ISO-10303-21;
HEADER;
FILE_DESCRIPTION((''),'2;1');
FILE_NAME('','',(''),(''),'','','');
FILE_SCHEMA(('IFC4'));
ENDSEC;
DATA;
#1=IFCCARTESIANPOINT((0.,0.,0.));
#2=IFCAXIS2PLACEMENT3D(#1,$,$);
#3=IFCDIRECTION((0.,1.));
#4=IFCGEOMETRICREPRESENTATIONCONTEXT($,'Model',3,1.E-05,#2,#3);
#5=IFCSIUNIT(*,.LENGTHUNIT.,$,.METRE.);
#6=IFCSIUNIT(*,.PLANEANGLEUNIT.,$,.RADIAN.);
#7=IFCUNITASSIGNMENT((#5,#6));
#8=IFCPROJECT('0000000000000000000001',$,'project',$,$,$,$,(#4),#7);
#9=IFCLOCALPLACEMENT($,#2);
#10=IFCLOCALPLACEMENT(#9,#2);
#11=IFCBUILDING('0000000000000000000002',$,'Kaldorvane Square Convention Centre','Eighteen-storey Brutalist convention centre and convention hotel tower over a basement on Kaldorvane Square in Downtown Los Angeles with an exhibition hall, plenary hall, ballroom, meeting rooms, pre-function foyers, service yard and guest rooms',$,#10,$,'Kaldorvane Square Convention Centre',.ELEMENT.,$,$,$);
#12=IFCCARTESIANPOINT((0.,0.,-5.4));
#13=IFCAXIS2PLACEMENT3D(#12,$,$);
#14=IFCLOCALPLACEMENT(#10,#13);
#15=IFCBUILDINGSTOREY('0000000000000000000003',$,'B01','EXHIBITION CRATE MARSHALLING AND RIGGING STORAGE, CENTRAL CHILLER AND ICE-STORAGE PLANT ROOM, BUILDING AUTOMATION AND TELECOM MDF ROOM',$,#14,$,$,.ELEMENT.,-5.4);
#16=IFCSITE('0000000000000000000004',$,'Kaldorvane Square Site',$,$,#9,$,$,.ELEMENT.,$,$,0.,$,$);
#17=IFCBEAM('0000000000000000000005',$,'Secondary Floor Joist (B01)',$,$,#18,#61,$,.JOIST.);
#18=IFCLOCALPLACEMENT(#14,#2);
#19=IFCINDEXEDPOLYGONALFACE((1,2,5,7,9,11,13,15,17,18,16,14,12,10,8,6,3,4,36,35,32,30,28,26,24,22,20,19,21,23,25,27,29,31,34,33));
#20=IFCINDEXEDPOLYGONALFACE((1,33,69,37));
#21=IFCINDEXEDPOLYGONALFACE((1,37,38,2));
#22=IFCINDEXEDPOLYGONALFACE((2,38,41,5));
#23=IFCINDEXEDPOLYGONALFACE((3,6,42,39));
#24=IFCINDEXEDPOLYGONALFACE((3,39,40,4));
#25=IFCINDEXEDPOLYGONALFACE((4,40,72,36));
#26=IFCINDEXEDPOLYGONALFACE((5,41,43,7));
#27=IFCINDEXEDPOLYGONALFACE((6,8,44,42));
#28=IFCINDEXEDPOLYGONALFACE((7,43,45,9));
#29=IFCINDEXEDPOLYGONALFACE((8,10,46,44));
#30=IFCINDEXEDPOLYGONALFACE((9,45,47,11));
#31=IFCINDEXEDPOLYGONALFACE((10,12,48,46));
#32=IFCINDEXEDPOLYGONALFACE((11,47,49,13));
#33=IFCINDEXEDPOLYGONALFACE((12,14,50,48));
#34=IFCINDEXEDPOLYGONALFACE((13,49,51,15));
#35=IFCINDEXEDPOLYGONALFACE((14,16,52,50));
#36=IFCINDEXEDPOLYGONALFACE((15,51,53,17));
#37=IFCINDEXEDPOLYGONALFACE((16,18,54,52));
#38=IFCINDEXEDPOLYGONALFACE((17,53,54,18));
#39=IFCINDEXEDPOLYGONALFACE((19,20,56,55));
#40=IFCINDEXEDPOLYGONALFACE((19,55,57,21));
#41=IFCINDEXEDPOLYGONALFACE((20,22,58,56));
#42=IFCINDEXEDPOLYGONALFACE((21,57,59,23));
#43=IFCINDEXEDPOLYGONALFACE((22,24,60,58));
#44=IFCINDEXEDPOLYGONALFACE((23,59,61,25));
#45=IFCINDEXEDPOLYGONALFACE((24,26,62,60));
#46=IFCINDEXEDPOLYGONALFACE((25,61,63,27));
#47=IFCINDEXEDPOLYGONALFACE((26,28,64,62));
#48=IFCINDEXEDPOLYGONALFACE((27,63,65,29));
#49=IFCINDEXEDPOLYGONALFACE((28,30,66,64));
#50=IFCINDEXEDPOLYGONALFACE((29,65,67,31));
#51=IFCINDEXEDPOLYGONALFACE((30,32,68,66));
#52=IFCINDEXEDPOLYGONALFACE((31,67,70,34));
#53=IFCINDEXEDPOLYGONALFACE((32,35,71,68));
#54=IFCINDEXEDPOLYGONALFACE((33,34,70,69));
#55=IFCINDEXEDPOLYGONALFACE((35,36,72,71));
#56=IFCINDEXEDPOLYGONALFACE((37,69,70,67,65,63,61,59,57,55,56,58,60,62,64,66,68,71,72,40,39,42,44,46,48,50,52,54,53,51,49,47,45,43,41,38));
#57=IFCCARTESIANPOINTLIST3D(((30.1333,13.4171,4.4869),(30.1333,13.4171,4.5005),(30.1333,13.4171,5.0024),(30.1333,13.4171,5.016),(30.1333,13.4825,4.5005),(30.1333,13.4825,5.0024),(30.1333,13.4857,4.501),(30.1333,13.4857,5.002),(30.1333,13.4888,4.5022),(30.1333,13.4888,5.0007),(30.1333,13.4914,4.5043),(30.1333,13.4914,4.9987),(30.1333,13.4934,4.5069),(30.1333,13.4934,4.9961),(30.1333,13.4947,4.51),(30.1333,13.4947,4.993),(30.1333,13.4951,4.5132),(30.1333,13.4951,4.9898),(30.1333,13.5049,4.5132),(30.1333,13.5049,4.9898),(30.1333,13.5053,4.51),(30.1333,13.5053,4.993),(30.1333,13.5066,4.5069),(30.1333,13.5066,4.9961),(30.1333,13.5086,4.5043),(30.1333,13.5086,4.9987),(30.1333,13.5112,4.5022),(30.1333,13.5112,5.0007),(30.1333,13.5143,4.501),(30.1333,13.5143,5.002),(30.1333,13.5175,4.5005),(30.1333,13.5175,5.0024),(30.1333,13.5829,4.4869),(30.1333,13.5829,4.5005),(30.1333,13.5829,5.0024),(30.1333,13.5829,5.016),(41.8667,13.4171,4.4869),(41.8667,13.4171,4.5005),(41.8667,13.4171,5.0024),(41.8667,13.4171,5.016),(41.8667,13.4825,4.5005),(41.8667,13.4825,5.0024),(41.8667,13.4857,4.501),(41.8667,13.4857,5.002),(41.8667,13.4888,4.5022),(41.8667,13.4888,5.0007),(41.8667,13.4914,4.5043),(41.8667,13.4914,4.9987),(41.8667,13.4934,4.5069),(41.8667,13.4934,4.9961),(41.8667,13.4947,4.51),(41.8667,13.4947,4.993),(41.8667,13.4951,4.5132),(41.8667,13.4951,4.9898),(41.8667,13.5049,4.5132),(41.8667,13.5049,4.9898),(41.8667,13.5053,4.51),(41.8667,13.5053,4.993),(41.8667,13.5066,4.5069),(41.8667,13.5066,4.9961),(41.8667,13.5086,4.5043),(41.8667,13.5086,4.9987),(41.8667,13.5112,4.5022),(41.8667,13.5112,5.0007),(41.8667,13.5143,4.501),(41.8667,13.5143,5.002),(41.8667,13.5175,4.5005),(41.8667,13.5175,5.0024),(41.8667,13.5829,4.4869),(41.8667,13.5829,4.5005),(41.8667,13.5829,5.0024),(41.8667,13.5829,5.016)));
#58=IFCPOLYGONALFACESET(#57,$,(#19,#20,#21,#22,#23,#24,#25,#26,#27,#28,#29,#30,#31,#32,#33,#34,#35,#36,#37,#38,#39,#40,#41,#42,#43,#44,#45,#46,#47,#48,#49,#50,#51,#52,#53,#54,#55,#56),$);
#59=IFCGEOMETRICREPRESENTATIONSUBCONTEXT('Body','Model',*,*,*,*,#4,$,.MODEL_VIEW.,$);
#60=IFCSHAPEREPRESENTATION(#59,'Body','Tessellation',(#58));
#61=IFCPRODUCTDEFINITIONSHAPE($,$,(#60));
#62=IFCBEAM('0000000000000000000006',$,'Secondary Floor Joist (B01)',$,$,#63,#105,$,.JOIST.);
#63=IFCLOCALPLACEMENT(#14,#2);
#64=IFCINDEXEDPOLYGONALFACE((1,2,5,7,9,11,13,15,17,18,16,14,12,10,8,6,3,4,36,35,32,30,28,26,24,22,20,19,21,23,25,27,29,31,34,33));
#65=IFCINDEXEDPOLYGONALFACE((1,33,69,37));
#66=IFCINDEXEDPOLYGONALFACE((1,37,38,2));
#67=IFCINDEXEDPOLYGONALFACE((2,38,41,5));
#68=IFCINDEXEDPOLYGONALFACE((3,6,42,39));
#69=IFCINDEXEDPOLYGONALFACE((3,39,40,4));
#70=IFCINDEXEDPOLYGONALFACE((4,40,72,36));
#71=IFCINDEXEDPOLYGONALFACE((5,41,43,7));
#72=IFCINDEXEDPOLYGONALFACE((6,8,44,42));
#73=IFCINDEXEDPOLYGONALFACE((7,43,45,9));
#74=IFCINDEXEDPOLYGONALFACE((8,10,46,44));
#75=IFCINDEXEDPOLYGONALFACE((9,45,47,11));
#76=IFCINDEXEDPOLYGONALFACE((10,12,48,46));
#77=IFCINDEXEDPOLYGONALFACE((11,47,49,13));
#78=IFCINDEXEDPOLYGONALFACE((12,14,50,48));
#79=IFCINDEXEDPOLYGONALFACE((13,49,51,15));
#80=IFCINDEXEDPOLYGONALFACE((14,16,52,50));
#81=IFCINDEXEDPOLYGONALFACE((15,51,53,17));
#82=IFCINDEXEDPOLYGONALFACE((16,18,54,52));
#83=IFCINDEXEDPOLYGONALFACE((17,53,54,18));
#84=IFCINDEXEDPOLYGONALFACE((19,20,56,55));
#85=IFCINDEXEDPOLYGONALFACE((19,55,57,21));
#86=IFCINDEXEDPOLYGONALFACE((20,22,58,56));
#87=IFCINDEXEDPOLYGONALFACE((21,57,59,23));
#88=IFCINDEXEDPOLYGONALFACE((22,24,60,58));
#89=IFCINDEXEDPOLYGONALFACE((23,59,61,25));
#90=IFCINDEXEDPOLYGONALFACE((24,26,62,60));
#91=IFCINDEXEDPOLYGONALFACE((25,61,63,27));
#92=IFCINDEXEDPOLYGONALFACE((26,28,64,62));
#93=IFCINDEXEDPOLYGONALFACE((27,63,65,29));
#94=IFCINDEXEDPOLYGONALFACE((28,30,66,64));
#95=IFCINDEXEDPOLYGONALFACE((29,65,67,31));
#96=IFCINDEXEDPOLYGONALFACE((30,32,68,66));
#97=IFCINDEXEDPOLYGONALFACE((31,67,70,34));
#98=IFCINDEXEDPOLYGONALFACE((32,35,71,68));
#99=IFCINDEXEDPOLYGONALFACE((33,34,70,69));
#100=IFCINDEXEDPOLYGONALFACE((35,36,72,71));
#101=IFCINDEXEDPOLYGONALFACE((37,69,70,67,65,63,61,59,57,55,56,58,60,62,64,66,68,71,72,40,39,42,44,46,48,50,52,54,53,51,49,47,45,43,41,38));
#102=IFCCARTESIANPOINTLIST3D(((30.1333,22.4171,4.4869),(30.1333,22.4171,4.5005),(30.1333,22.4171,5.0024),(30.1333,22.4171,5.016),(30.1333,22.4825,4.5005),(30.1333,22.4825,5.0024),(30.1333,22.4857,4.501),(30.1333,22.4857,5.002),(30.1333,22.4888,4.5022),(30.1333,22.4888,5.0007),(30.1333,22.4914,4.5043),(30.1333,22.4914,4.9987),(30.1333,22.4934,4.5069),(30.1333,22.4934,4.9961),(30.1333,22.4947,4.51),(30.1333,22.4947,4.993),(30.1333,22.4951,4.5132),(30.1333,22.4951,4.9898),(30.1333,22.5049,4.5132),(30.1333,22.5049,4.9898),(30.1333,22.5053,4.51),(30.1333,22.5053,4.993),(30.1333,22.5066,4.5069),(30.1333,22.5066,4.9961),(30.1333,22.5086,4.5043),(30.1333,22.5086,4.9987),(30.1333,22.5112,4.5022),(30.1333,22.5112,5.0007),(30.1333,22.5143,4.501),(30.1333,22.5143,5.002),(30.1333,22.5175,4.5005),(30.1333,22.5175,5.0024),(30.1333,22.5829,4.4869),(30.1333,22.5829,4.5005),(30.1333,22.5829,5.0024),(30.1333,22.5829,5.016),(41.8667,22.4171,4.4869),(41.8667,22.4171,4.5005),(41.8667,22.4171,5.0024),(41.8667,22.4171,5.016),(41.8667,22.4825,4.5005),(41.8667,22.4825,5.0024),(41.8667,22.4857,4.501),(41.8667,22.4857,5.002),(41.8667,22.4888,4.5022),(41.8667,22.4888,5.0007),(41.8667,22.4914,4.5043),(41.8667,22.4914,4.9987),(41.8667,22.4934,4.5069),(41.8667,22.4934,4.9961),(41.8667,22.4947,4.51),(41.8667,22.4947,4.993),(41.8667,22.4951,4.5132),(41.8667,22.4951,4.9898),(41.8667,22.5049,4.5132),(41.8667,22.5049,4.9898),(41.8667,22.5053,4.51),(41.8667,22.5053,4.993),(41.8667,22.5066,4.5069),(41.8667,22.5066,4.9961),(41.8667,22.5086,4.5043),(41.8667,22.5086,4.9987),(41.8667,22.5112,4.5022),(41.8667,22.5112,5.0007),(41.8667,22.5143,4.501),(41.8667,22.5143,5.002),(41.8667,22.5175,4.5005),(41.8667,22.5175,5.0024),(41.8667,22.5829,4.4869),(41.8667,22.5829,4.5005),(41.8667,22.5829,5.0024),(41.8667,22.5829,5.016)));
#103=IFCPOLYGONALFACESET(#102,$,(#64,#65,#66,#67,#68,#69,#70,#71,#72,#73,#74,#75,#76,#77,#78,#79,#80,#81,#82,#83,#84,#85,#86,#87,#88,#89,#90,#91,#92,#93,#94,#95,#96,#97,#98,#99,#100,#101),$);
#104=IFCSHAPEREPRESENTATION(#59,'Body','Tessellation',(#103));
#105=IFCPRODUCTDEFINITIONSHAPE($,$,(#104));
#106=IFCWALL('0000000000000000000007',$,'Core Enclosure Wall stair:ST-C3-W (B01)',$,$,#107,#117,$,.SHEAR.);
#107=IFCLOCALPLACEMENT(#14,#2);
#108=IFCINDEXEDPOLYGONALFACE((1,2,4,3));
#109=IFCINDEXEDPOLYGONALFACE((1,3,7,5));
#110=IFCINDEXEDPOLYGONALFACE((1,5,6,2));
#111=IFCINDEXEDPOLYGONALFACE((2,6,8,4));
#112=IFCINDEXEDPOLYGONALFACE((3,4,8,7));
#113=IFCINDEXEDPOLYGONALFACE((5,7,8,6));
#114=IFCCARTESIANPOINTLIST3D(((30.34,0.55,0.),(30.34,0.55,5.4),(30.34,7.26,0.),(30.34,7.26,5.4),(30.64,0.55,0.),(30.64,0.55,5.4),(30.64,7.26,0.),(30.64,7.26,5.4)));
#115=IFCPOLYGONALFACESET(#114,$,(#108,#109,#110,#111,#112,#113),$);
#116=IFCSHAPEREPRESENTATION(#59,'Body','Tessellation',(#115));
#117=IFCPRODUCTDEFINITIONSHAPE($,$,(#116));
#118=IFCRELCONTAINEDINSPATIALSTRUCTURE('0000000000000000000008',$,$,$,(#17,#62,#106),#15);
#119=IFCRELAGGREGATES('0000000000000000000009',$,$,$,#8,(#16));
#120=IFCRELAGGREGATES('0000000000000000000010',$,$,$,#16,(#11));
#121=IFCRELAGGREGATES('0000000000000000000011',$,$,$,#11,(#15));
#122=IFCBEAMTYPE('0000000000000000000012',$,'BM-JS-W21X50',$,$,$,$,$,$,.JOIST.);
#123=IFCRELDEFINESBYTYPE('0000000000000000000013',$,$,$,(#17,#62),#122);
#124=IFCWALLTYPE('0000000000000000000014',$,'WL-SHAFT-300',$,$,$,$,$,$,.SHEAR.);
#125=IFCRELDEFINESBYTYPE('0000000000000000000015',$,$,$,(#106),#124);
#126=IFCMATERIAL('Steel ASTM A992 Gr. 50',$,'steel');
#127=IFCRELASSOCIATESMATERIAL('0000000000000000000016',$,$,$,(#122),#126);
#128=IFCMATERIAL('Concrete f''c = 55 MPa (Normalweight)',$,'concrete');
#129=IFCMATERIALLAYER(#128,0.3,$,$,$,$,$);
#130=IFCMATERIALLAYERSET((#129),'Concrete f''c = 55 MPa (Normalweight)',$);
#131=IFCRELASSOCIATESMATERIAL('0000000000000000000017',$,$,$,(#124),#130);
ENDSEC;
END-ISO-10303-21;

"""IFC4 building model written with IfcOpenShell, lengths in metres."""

from ifc_helpers import new_model, si_unit, direction, frame, frame_2d, origin, origin_2d, place, context, subcontext, project, spatial, rectangle, i_section, extrude, material, layer, layer_set, material_profile, profile_set, type_object, element, save


model = new_model("IFC4")

# Units and contexts
model_context = context("Model", 3, precision=1e-05, world=origin(), true_north=direction((0.0, 1.0)))
body_context = subcontext(model_context, "Body", "Model", "MODEL_VIEW")
ifc_project = project(units=[si_unit("LENGTHUNIT", "METRE"), si_unit("PLANEANGLEUNIT", "RADIAN")], contexts=[model_context])

# Site, building, storey
site_placement = place(None, origin())
site = spatial("IfcSite", under=ifc_project, at=site_placement, Name="Kaldorvane Square Site", CompositionType="ELEMENT", RefElevation=0.0)
building_placement = place(site_placement, origin())
building = spatial("IfcBuilding", under=site, at=building_placement, Name="Kaldorvane Square Convention Centre", Description="Eighteen-storey Brutalist convention centre and convention hotel tower over a basement on Kaldorvane Square in Downtown Los Angeles with an exhibition hall, plenary hall, ballroom, meeting rooms, pre-function foyers, service yard and guest rooms", LongName="Kaldorvane Square Convention Centre", CompositionType="ELEMENT")
storey_placement = place(building_placement, frame((0.0, 0.0, -5.4)))
storey = spatial("IfcBuildingStorey", under=building, at=storey_placement, Name="B01", Description="EXHIBITION CRATE MARSHALLING AND RIGGING STORAGE, CENTRAL CHILLER AND ICE-STORAGE PLANT ROOM, BUILDING AUTOMATION AND TELECOM MDF ROOM", CompositionType="ELEMENT", Elevation=-5.4)

# Shared definitions
ifc_material_1 = material(Name="Concrete f'c = 55 MPa (Normalweight)", Category="concrete")
ifc_material_2 = material(Name="Steel ASTM A992 Gr. 50", Category="steel")

# Beams
ifc_material_profile_1 = material_profile(ifc_material_2, i_section(OverallWidth=0.1659, OverallDepth=0.5291, WebThickness=0.0097, FlangeThickness=0.0136, FilletRadius=0.0127, at=origin_2d()), Name="W21X50")
ifc_profile_set_1 = profile_set([ifc_material_profile_1], Name="Steel ASTM A992 Gr. 50")
beam_type_1 = type_object("IfcBeamType", Name="BM-JS-W21X50", PredefinedType="JOIST", material=ifc_profile_set_1)
for number, where, z_axis, x_axis, name in (
    (1, (30.1333, 13.5, 4.7515), (1.0, 0.0, 0.0), (0.0, 1.0, 0.0), "Secondary Floor Joist (B01)"),
    (2, (30.1333, 22.5, 4.7515), (1.0, 0.0, 0.0), (0.0, 1.0, 0.0), "Secondary Floor Joist (B01)"),
):
    element("IfcBeam", number, at=place(storey_placement, frame(where, z_axis=z_axis, x_axis=x_axis)), inside=storey, type_object=beam_type_1, Name=name, PredefinedType="JOIST", context=body_context, shape_type="SweptSolid", body=[
        extrude(i_section(OverallWidth=0.1659, OverallDepth=0.5291, WebThickness=0.0097, FlangeThickness=0.0136, FilletRadius=0.0127, at=origin_2d()), origin(), (0.0, 0.0, 1.0), 11.7334),
    ])

# Wall
ifc_layer = layer(ifc_material_1, 0.3)
ifc_layer_set = layer_set([ifc_layer], Name="Concrete f'c = 55 MPa (Normalweight)")
wall_type = type_object("IfcWallType", Name="WL-SHAFT-300", PredefinedType="SHEAR", material=ifc_layer_set)
wall_placement = place(storey_placement, frame((30.49, 7.26, 0.0), z_axis=(0.0, 0.0, 1.0), x_axis=(0.0, -1.0, 0.0)))
element("IfcWall", 3, at=wall_placement, inside=storey, type_object=wall_type, Name="Core Enclosure Wall stair:ST-C3-W (B01)", PredefinedType="SHEAR", context=body_context, shape_type="SweptSolid", body=[
    extrude(rectangle(XDim=6.71, YDim=0.3, at=frame_2d((3.355, 0.0))), origin(), (0.0, 0.0, 1.0), 5.4),
])

save(model, "model.ifc")
